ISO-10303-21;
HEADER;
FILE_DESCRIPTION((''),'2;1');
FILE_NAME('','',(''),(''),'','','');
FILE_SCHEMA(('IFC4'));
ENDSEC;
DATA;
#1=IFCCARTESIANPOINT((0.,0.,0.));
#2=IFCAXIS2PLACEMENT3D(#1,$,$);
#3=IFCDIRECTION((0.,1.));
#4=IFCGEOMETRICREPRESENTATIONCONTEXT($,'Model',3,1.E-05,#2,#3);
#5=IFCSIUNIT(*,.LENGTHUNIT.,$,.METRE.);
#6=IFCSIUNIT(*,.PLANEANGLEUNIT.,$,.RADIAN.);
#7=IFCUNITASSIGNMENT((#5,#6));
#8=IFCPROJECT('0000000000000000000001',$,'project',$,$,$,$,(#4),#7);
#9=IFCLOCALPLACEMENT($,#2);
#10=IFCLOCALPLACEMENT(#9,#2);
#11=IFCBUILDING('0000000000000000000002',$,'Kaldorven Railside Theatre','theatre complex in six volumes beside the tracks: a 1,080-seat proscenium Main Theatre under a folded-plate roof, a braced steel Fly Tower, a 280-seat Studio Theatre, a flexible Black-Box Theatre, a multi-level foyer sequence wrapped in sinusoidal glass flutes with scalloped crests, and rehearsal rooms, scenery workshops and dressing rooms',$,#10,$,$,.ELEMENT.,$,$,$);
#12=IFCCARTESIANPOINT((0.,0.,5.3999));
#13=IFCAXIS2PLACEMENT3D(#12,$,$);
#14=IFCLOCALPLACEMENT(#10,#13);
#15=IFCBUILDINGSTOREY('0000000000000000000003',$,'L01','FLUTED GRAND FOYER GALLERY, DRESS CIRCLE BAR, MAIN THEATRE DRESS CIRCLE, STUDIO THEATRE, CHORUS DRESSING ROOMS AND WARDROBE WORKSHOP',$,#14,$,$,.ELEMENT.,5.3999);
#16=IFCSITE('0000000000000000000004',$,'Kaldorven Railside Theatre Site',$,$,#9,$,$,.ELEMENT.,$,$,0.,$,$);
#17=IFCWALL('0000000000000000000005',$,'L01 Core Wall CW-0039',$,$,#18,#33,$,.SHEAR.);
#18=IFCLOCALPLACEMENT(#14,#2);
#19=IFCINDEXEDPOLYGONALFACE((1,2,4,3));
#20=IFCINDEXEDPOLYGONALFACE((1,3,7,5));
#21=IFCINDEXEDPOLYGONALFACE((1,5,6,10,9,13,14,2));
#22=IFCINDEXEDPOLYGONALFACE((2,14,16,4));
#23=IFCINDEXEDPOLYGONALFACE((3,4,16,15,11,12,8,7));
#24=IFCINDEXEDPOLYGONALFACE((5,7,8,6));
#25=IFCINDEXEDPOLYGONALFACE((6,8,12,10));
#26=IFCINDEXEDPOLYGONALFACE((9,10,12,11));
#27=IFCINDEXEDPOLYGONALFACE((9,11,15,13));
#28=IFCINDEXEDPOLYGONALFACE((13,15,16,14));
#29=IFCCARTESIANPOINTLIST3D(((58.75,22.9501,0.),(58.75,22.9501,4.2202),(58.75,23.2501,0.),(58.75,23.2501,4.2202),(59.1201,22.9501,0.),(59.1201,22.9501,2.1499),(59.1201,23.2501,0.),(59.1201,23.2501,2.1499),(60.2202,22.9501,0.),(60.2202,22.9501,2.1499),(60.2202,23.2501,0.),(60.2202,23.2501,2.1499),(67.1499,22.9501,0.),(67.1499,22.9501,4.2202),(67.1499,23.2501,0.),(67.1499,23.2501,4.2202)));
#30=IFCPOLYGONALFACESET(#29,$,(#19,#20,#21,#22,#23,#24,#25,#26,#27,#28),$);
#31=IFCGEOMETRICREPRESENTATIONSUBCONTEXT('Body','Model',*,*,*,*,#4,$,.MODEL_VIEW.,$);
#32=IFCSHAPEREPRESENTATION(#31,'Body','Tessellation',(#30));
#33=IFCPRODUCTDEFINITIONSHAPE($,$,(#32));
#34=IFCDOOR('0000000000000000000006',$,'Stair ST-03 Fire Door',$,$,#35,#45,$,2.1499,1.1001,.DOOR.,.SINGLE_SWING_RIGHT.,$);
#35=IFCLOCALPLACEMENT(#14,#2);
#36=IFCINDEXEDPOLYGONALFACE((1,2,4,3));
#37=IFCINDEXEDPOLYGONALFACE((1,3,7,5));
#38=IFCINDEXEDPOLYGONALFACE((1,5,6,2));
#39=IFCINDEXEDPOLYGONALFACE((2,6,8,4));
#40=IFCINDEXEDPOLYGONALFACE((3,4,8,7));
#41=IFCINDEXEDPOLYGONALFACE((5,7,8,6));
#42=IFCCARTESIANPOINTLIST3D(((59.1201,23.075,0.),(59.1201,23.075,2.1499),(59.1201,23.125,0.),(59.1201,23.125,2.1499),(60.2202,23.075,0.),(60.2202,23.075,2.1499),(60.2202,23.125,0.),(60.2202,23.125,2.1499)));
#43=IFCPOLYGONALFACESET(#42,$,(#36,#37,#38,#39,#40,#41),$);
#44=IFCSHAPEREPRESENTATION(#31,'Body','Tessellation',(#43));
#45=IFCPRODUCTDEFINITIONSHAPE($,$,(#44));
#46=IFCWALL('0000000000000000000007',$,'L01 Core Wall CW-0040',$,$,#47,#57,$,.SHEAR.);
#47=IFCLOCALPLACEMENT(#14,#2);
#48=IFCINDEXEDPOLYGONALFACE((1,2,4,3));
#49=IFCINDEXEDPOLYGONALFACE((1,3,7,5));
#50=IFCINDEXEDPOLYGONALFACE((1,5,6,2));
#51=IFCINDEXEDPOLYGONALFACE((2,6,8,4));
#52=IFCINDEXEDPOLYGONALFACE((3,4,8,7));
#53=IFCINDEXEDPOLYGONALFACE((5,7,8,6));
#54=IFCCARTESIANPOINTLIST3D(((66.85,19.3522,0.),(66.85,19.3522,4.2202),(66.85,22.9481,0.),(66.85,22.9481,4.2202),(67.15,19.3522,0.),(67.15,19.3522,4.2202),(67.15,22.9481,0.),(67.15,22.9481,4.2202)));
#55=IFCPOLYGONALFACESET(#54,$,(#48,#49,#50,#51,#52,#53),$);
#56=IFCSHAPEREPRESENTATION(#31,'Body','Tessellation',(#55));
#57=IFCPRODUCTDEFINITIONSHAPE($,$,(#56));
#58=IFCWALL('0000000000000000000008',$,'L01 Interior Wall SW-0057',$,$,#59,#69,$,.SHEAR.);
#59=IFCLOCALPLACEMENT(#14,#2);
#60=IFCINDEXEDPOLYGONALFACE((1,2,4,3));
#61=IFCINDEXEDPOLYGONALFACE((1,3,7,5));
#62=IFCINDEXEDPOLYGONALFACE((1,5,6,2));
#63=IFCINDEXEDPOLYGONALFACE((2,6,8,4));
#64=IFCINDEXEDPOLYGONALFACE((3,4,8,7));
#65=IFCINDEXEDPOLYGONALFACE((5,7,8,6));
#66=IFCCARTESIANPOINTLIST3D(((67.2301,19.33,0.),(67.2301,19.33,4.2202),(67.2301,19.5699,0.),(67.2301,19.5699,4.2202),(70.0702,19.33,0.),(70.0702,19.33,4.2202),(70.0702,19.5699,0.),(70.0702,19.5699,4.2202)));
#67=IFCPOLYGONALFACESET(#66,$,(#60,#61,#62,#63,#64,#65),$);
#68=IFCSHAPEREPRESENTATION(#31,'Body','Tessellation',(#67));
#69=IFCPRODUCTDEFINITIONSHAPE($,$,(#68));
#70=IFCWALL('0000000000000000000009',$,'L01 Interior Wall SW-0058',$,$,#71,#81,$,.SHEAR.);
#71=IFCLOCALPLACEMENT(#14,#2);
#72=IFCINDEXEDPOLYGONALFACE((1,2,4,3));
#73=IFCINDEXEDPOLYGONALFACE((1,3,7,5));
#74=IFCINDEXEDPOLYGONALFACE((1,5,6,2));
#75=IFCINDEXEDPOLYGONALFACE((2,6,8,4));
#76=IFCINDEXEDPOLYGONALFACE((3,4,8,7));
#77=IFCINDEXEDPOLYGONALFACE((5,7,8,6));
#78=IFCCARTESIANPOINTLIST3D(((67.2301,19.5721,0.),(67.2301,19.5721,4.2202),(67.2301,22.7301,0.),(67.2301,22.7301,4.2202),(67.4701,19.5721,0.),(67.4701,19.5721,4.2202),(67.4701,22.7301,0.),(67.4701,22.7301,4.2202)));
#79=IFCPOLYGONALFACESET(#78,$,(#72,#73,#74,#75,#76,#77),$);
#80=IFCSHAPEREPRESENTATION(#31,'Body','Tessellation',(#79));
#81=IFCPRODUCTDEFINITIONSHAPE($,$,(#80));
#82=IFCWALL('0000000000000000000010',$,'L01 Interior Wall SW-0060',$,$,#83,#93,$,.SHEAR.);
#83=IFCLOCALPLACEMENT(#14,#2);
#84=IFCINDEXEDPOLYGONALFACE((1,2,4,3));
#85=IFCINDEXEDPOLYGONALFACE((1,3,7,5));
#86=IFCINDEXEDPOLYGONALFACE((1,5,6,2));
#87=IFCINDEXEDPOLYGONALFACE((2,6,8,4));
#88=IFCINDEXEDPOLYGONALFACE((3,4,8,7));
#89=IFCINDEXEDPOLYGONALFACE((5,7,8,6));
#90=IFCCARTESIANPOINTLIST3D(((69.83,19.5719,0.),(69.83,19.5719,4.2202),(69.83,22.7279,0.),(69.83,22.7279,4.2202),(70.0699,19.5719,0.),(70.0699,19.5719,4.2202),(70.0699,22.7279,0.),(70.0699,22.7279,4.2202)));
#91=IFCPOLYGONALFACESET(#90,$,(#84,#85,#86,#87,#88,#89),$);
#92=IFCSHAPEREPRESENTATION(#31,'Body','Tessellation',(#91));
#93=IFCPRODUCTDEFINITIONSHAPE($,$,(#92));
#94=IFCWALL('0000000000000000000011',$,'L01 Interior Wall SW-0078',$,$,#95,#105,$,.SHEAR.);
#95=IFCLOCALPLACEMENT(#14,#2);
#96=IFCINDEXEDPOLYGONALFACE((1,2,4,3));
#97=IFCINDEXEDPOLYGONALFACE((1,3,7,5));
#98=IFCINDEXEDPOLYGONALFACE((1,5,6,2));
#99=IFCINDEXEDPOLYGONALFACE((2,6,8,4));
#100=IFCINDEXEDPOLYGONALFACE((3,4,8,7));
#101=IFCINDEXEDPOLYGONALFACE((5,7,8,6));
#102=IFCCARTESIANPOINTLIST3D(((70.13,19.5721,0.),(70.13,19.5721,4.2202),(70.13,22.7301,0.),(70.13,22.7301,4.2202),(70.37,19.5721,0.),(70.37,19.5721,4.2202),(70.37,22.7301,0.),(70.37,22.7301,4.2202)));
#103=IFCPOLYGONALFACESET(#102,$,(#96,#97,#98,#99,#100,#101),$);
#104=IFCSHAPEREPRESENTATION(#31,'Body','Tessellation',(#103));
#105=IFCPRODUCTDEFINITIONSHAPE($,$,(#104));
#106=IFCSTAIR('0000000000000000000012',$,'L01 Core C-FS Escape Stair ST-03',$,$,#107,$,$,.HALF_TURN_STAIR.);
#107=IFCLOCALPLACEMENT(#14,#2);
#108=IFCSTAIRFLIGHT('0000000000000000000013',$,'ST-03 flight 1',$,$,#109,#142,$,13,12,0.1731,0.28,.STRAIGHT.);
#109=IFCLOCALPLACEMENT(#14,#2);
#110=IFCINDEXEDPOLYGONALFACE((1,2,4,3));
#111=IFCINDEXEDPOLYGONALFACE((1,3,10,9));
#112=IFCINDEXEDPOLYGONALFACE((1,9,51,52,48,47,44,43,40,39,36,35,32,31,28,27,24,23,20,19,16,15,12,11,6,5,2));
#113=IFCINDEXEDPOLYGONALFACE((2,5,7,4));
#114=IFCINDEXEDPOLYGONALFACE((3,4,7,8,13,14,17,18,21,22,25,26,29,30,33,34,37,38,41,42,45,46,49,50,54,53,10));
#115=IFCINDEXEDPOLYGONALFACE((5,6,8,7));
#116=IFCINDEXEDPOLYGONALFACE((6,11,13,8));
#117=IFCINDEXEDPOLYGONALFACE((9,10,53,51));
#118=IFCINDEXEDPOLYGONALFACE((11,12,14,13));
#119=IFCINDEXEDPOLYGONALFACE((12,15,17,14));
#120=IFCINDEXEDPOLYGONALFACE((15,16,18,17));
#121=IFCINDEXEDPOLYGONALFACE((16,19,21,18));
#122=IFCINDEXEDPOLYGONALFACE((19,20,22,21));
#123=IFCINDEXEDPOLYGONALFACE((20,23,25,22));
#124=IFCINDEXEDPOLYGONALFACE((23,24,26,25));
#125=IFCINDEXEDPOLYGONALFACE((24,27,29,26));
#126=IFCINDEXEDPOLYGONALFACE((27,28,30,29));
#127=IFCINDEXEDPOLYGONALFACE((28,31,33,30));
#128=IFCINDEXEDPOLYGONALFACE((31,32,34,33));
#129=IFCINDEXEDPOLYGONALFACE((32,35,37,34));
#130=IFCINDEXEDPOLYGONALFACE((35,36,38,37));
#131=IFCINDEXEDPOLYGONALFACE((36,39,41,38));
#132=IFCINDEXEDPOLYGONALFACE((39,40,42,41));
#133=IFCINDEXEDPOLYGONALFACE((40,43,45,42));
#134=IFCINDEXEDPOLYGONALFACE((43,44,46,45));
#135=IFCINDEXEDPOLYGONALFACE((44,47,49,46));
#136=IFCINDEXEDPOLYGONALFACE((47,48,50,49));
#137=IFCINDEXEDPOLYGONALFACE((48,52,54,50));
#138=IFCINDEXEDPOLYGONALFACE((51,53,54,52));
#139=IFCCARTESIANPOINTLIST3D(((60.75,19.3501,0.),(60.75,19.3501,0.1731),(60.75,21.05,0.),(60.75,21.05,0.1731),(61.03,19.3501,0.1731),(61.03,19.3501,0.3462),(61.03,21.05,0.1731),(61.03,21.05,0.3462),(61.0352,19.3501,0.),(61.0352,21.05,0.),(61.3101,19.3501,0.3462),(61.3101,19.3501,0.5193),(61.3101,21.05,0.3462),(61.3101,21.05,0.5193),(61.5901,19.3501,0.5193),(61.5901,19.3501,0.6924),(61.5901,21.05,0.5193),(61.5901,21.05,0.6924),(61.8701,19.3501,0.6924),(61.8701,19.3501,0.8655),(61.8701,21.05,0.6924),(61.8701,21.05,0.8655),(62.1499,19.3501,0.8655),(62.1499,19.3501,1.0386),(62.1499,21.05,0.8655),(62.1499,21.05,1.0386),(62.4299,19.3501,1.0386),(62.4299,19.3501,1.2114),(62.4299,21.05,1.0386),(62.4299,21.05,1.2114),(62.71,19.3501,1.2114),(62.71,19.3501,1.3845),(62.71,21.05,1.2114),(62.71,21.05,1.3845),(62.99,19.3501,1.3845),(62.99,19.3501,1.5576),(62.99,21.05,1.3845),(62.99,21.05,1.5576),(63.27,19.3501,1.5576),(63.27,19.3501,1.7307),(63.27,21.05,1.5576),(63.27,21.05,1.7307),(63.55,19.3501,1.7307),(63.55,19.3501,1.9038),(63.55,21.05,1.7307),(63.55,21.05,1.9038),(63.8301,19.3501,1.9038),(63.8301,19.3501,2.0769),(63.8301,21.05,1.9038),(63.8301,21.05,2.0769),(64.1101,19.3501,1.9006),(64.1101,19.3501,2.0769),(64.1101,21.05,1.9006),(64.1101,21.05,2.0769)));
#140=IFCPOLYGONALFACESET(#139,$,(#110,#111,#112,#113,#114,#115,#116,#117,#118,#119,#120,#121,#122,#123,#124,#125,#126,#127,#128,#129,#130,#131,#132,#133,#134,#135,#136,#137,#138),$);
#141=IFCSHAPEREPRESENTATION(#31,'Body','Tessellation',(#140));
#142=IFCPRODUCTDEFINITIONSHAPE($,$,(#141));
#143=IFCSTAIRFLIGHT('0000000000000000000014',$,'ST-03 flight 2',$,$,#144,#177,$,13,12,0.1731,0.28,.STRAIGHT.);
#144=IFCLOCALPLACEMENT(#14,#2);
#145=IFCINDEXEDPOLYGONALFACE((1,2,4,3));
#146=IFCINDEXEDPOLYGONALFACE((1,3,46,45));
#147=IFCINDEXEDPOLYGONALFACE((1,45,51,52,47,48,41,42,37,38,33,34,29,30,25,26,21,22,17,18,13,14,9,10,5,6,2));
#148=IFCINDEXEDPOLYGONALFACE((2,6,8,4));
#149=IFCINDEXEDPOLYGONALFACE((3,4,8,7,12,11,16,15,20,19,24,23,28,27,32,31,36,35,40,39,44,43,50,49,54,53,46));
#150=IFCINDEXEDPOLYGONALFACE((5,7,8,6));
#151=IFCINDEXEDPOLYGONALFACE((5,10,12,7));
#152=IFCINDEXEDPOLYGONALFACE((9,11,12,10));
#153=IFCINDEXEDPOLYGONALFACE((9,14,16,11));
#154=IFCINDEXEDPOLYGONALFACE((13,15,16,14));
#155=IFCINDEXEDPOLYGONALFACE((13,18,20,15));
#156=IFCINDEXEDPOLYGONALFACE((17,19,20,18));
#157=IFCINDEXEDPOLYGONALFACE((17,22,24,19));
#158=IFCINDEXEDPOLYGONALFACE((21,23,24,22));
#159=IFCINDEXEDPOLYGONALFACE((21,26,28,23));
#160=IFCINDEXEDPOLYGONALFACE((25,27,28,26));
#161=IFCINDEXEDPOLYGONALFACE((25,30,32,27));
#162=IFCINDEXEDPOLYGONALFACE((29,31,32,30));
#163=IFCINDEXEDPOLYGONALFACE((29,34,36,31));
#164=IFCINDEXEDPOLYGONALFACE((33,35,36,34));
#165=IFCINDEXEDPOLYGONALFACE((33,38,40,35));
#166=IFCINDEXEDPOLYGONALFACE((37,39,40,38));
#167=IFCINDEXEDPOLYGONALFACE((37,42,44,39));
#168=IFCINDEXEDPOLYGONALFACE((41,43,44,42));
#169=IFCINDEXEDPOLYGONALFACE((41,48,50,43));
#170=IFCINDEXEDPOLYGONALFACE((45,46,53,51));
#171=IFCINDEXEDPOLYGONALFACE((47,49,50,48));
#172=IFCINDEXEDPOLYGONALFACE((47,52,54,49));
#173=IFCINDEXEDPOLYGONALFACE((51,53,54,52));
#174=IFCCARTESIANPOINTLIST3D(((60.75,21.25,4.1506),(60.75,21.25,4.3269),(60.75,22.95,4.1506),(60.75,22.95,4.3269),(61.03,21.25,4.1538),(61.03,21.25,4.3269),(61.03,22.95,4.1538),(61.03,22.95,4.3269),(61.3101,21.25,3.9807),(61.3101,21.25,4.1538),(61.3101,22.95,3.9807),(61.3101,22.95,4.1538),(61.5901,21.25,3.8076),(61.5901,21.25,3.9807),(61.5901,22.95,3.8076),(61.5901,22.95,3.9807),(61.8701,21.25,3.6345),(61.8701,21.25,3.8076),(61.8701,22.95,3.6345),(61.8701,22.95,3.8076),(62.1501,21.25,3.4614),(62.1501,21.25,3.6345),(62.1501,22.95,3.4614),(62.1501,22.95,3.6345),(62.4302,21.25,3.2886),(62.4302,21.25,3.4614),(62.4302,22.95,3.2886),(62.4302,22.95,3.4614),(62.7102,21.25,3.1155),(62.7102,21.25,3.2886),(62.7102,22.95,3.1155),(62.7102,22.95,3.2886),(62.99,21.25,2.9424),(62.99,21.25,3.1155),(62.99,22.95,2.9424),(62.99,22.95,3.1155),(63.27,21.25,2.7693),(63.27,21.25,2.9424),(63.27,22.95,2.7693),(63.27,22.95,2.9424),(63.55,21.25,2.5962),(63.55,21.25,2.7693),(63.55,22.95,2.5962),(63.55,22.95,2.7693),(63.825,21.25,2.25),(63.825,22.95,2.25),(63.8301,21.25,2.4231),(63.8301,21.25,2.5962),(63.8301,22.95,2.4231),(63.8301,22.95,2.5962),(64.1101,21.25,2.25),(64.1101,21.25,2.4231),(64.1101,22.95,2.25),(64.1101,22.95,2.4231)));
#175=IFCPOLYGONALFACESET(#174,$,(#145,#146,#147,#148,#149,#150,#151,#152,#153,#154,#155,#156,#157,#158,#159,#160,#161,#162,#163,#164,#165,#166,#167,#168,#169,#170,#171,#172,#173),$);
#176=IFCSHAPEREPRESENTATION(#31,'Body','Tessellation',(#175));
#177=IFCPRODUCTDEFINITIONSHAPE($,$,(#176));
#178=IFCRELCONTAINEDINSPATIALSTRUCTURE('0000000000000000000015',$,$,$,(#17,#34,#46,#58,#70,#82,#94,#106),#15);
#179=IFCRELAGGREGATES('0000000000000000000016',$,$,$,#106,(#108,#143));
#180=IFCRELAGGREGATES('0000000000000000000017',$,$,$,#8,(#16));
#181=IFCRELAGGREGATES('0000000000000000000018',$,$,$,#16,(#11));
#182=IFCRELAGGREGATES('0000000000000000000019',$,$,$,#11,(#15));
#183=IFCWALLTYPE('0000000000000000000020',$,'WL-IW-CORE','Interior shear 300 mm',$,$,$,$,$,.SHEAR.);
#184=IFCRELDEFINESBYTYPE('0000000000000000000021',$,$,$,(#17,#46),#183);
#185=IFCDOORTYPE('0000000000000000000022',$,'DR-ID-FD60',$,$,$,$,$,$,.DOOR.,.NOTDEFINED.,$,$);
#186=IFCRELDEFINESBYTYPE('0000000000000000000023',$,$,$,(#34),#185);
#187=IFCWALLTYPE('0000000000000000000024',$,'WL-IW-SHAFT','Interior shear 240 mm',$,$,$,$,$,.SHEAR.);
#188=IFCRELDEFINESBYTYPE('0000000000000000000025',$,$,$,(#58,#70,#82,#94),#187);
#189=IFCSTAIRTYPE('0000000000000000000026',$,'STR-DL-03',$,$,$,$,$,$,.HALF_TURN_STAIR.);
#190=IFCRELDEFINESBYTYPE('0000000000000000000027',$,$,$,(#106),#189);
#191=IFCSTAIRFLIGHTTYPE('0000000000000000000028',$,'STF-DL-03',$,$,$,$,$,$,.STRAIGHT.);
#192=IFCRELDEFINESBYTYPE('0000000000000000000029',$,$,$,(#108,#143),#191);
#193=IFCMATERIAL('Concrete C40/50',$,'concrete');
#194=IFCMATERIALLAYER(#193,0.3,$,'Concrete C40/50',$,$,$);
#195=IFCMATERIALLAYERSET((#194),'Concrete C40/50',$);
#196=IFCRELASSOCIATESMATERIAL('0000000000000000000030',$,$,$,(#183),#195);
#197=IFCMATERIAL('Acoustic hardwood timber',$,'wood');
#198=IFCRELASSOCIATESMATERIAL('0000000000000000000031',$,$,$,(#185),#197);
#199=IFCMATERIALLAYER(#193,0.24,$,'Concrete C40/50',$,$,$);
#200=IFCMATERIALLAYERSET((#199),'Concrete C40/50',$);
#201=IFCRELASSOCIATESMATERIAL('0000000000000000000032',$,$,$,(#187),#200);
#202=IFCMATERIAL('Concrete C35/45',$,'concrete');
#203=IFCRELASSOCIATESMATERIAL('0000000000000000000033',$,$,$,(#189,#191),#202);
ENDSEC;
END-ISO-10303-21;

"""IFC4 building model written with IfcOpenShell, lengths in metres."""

from ifc_helpers import new_model, si_unit, direction, frame, frame_2d, origin, place, context, subcontext, project, spatial, polyline, rectangle, outline, extrude, material, layer, layer_set, type_object, element, fill, aggregate, save


model = new_model("IFC4")

# Units and contexts
model_context = context("Model", 3, precision=1e-05, world=origin(), true_north=direction((0.0, 1.0)))
body_context = subcontext(model_context, "Body", "Model", "MODEL_VIEW")
ifc_project = project(units=[si_unit("LENGTHUNIT", "METRE"), si_unit("PLANEANGLEUNIT", "RADIAN")], contexts=[model_context])

# Site, building, storey
site_placement = place(None, origin())
site = spatial("IfcSite", under=ifc_project, at=site_placement, Name="Kaldorven Railside Theatre Site", CompositionType="ELEMENT", RefElevation=0.0)
building_placement = place(site_placement, origin())
building = spatial("IfcBuilding", under=site, at=building_placement, Name="Kaldorven Railside Theatre", Description="theatre complex in six volumes beside the tracks: a 1,080-seat proscenium Main Theatre under a folded-plate roof, a braced steel Fly Tower, a 280-seat Studio Theatre, a flexible Black-Box Theatre, a multi-level foyer sequence wrapped in sinusoidal glass flutes with scalloped crests, and rehearsal rooms, scenery workshops and dressing rooms", CompositionType="ELEMENT")
storey_placement = place(building_placement, frame((0.0, 0.0, 5.3999)))
storey = spatial("IfcBuildingStorey", under=building, at=storey_placement, Name="L01", Description="FLUTED GRAND FOYER GALLERY, DRESS CIRCLE BAR, MAIN THEATRE DRESS CIRCLE, STUDIO THEATRE, CHORUS DRESSING ROOMS AND WARDROBE WORKSHOP", CompositionType="ELEMENT", Elevation=5.3999)

# Shared definitions
ifc_material_1 = material(Name="Concrete C40/50", Category="concrete")

# Shared definitions
ifc_layer_1 = layer(ifc_material_1, 0.3, Name="Concrete C40/50")
ifc_layer_set_1 = layer_set([ifc_layer_1], Name="Concrete C40/50")
wall_type_1 = type_object("IfcWallType", Name="WL-IW-CORE", Description="Interior shear 300 mm", PredefinedType="SHEAR", material=ifc_layer_set_1)

# Wall, opening, door
wall_1_placement = place(storey_placement, frame((58.75, 23.1001, 0.0), z_axis=(0.0, 0.0, 1.0), x_axis=(1.0, 0.0, 0.0)))
wall_1 = element("IfcWall", 1, at=wall_1_placement, inside=storey, type_object=wall_type_1, Name="L01 Core Wall CW-0039", PredefinedType="SHEAR", context=body_context, shape_type="SweptSolid", body=[
    extrude(rectangle(XDim=8.3999, YDim=0.3, at=frame_2d((4.2, 0.0))), origin(), (0.0, 0.0, 1.0), 4.2202),
])
opening_1_placement = place(wall_1_placement, frame((0.3701, 0.0, 0.0)))
opening_1 = element("IfcOpeningElement", 2, at=opening_1_placement, cuts=wall_1, PredefinedType="OPENING", context=body_context, shape_type="SweptSolid", body=[
    extrude(rectangle(XDim=1.1001, YDim=2.1499, at=frame_2d((0.55, 1.075))), frame((0.0, 0.1602, 0.0), z_axis=(0.0, -1.0, 0.0), x_axis=(1.0, 0.0, 0.0)), (0.0, 0.0, 1.0), 0.3201),
])
ifc_material_2 = material(Name="Acoustic hardwood timber", Category="wood")
door_type_1 = type_object("IfcDoorType", Name="DR-ID-FD60", OperationType="NOTDEFINED", PredefinedType="DOOR", material=ifc_material_2)
door_1_placement = place(opening_1_placement, origin())
door_1 = element("IfcDoor", 3, at=door_1_placement, inside=storey, type_object=door_type_1, Name="Stair ST-03 Fire Door", OperationType="SINGLE_SWING_RIGHT", OverallHeight=2.1499, OverallWidth=1.1001, PredefinedType="DOOR", context=body_context, shape_type="SweptSolid", body=[
    extrude(rectangle(XDim=1.1001, YDim=2.1499, at=frame_2d((0.55, 1.075))), frame((0.0, 0.0249, 0.0), z_axis=(0.0, -1.0, 0.0), x_axis=(1.0, 0.0, 0.0)), (0.0, 0.0, 1.0), 0.05),
])
fill(opening_1, door_1)

# Walls
wall_2_placement = place(storey_placement, frame((67.0, 22.948, 0.0), z_axis=(0.0, 0.0, 1.0), x_axis=(0.0, -1.0, 0.0)))
element("IfcWall", 4, at=wall_2_placement, inside=storey, type_object=wall_type_1, Name="L01 Core Wall CW-0040", PredefinedType="SHEAR", context=body_context, shape_type="SweptSolid", body=[
    extrude(rectangle(XDim=3.5959, YDim=0.3, at=frame_2d((1.7979, 0.0))), origin(), (0.0, 0.0, 1.0), 4.2202),
])
ifc_layer_2 = layer(ifc_material_1, 0.24, Name="Concrete C40/50")
ifc_layer_set_2 = layer_set([ifc_layer_2], Name="Concrete C40/50")
wall_type_2 = type_object("IfcWallType", Name="WL-IW-SHAFT", Description="Interior shear 240 mm", PredefinedType="SHEAR", material=ifc_layer_set_2)
wall_3_placement = place(storey_placement, frame((70.0701, 19.45, 0.0), z_axis=(0.0, 0.0, 1.0), x_axis=(-1.0, 0.0, 0.0)))
element("IfcWall", 5, at=wall_3_placement, inside=storey, type_object=wall_type_2, Name="L01 Interior Wall SW-0057", PredefinedType="SHEAR", context=body_context, shape_type="SweptSolid", body=[
    extrude(rectangle(XDim=2.8401, YDim=0.24, at=frame_2d((1.4199, 0.0))), origin(), (0.0, 0.0, 1.0), 4.2202),
])
wall_4_placement = place(storey_placement, frame((67.3501, 19.572, 0.0), z_axis=(0.0, 0.0, 1.0), x_axis=(0.0, 1.0, 0.0)))
element("IfcWall", 6, at=wall_4_placement, inside=storey, type_object=wall_type_2, Name="L01 Interior Wall SW-0058", PredefinedType="SHEAR", context=body_context, shape_type="SweptSolid", body=[
    extrude(rectangle(XDim=3.158, YDim=0.24, at=frame_2d((1.5791, 0.0))), origin(), (0.0, 0.0, 1.0), 4.2202),
])

# Walls
wall_5_placement = place(storey_placement, frame((69.95, 22.728, 0.0), z_axis=(0.0, 0.0, 1.0), x_axis=(0.0, -1.0, 0.0)))
element("IfcWall", 7, at=wall_5_placement, inside=storey, type_object=wall_type_2, Name="L01 Interior Wall SW-0060", PredefinedType="SHEAR", context=body_context, shape_type="SweptSolid", body=[
    extrude(rectangle(XDim=3.156, YDim=0.24, at=frame_2d((1.5781, 0.0))), origin(), (0.0, 0.0, 1.0), 4.2202),
])
wall_6_placement = place(storey_placement, frame((70.25, 19.572, 0.0), z_axis=(0.0, 0.0, 1.0), x_axis=(0.0, 1.0, 0.0)))
element("IfcWall", 8, at=wall_6_placement, inside=storey, type_object=wall_type_2, Name="L01 Interior Wall SW-0078", PredefinedType="SHEAR", context=body_context, shape_type="SweptSolid", body=[
    extrude(rectangle(XDim=3.158, YDim=0.24, at=frame_2d((1.5791, 0.0))), origin(), (0.0, 0.0, 1.0), 4.2202),
])

# Stair, stair flights
ifc_material_3 = material(Name="Concrete C35/45", Category="concrete")
stair_type = type_object("IfcStairType", Name="STR-DL-03", PredefinedType="HALF_TURN_STAIR", material=ifc_material_3)
stair_placement = place(storey_placement, origin())
stair = element("IfcStair", 9, at=stair_placement, inside=storey, type_object=stair_type, Name="L01 Core C-FS Escape Stair ST-03", PredefinedType="HALF_TURN_STAIR")
stair_flight_type = type_object("IfcStairFlightType", Name="STF-DL-03", PredefinedType="STRAIGHT", material=ifc_material_3)
stair_flight_1_placement = place(storey_placement, frame((60.75, 20.2, 0.0), z_axis=(0.0, 0.0, 1.0), x_axis=(1.0, 0.0, 0.0)))
stair_flight_1 = element("IfcStairFlight", 10, at=stair_flight_1_placement, type_object=stair_flight_type, Name="ST-03 flight 1", NumberOfRisers=13, NumberOfTreads=12, PredefinedType="STRAIGHT", RiserHeight=0.1731, TreadLength=0.28, context=body_context, shape_type="SweptSolid", body=[
    extrude(outline(polyline([(0.0, 0.0), (0.0, 0.1731), (0.28, 0.1731), (0.28, 0.3462), (0.5601, 0.3462), (0.5601, 0.5193), (0.8401, 0.5193), (0.8401, 0.6924), (1.1201, 0.6924), (1.1201, 0.8655), (1.3999, 0.8655), (1.3999, 1.0386), (1.6799, 1.0386), (1.6799, 1.2114), (1.96, 1.2114), (1.96, 1.3845), (2.24, 1.3845), (2.24, 1.5576), (2.52, 1.5576), (2.52, 1.7307), (2.8, 1.7307), (2.8, 1.9038), (3.0801, 1.9038), (3.0801, 2.0769), (3.3601, 2.0769), (3.3601, 2.25), (3.3601, 1.9006), (0.2852, 0.0), (0.0, 0.0)])), frame((0.0, 0.8501, 0.0), z_axis=(0.0, -1.0, 0.0), x_axis=(1.0, 0.0, 0.0)), (0.0, 0.0, 1.0), 1.7),
])
stair_flight_2_placement = place(storey_placement, frame((64.1101, 22.1001, 2.25), z_axis=(0.0, 0.0, 1.0), x_axis=(-1.0, 0.0, 0.0)))
stair_flight_2 = element("IfcStairFlight", 11, at=stair_flight_2_placement, type_object=stair_flight_type, Name="ST-03 flight 2", NumberOfRisers=13, NumberOfTreads=12, PredefinedType="STRAIGHT", RiserHeight=0.1731, TreadLength=0.28, context=body_context, shape_type="SweptSolid", body=[
    extrude(outline(polyline([(0.0, 0.0), (0.0, 0.1731), (0.28, 0.1731), (0.28, 0.3462), (0.5601, 0.3462), (0.5601, 0.5193), (0.8401, 0.5193), (0.8401, 0.6924), (1.1201, 0.6924), (1.1201, 0.8655), (1.3999, 0.8655), (1.3999, 1.0386), (1.6799, 1.0386), (1.6799, 1.2114), (1.96, 1.2114), (1.96, 1.3845), (2.24, 1.3845), (2.24, 1.5576), (2.52, 1.5576), (2.52, 1.7307), (2.8, 1.7307), (2.8, 1.9038), (3.0801, 1.9038), (3.0801, 2.0769), (3.3601, 2.0769), (3.3601, 2.25), (3.3601, 1.9006), (0.2852, 0.0), (0.0, 0.0)])), frame((0.0, 0.8501, 0.0), z_axis=(0.0, -1.0, 0.0), x_axis=(1.0, 0.0, 0.0)), (0.0, 0.0, 1.0), 1.7),
])
aggregate(stair, [stair_flight_1, stair_flight_2])

save(model, "model.ifc")
